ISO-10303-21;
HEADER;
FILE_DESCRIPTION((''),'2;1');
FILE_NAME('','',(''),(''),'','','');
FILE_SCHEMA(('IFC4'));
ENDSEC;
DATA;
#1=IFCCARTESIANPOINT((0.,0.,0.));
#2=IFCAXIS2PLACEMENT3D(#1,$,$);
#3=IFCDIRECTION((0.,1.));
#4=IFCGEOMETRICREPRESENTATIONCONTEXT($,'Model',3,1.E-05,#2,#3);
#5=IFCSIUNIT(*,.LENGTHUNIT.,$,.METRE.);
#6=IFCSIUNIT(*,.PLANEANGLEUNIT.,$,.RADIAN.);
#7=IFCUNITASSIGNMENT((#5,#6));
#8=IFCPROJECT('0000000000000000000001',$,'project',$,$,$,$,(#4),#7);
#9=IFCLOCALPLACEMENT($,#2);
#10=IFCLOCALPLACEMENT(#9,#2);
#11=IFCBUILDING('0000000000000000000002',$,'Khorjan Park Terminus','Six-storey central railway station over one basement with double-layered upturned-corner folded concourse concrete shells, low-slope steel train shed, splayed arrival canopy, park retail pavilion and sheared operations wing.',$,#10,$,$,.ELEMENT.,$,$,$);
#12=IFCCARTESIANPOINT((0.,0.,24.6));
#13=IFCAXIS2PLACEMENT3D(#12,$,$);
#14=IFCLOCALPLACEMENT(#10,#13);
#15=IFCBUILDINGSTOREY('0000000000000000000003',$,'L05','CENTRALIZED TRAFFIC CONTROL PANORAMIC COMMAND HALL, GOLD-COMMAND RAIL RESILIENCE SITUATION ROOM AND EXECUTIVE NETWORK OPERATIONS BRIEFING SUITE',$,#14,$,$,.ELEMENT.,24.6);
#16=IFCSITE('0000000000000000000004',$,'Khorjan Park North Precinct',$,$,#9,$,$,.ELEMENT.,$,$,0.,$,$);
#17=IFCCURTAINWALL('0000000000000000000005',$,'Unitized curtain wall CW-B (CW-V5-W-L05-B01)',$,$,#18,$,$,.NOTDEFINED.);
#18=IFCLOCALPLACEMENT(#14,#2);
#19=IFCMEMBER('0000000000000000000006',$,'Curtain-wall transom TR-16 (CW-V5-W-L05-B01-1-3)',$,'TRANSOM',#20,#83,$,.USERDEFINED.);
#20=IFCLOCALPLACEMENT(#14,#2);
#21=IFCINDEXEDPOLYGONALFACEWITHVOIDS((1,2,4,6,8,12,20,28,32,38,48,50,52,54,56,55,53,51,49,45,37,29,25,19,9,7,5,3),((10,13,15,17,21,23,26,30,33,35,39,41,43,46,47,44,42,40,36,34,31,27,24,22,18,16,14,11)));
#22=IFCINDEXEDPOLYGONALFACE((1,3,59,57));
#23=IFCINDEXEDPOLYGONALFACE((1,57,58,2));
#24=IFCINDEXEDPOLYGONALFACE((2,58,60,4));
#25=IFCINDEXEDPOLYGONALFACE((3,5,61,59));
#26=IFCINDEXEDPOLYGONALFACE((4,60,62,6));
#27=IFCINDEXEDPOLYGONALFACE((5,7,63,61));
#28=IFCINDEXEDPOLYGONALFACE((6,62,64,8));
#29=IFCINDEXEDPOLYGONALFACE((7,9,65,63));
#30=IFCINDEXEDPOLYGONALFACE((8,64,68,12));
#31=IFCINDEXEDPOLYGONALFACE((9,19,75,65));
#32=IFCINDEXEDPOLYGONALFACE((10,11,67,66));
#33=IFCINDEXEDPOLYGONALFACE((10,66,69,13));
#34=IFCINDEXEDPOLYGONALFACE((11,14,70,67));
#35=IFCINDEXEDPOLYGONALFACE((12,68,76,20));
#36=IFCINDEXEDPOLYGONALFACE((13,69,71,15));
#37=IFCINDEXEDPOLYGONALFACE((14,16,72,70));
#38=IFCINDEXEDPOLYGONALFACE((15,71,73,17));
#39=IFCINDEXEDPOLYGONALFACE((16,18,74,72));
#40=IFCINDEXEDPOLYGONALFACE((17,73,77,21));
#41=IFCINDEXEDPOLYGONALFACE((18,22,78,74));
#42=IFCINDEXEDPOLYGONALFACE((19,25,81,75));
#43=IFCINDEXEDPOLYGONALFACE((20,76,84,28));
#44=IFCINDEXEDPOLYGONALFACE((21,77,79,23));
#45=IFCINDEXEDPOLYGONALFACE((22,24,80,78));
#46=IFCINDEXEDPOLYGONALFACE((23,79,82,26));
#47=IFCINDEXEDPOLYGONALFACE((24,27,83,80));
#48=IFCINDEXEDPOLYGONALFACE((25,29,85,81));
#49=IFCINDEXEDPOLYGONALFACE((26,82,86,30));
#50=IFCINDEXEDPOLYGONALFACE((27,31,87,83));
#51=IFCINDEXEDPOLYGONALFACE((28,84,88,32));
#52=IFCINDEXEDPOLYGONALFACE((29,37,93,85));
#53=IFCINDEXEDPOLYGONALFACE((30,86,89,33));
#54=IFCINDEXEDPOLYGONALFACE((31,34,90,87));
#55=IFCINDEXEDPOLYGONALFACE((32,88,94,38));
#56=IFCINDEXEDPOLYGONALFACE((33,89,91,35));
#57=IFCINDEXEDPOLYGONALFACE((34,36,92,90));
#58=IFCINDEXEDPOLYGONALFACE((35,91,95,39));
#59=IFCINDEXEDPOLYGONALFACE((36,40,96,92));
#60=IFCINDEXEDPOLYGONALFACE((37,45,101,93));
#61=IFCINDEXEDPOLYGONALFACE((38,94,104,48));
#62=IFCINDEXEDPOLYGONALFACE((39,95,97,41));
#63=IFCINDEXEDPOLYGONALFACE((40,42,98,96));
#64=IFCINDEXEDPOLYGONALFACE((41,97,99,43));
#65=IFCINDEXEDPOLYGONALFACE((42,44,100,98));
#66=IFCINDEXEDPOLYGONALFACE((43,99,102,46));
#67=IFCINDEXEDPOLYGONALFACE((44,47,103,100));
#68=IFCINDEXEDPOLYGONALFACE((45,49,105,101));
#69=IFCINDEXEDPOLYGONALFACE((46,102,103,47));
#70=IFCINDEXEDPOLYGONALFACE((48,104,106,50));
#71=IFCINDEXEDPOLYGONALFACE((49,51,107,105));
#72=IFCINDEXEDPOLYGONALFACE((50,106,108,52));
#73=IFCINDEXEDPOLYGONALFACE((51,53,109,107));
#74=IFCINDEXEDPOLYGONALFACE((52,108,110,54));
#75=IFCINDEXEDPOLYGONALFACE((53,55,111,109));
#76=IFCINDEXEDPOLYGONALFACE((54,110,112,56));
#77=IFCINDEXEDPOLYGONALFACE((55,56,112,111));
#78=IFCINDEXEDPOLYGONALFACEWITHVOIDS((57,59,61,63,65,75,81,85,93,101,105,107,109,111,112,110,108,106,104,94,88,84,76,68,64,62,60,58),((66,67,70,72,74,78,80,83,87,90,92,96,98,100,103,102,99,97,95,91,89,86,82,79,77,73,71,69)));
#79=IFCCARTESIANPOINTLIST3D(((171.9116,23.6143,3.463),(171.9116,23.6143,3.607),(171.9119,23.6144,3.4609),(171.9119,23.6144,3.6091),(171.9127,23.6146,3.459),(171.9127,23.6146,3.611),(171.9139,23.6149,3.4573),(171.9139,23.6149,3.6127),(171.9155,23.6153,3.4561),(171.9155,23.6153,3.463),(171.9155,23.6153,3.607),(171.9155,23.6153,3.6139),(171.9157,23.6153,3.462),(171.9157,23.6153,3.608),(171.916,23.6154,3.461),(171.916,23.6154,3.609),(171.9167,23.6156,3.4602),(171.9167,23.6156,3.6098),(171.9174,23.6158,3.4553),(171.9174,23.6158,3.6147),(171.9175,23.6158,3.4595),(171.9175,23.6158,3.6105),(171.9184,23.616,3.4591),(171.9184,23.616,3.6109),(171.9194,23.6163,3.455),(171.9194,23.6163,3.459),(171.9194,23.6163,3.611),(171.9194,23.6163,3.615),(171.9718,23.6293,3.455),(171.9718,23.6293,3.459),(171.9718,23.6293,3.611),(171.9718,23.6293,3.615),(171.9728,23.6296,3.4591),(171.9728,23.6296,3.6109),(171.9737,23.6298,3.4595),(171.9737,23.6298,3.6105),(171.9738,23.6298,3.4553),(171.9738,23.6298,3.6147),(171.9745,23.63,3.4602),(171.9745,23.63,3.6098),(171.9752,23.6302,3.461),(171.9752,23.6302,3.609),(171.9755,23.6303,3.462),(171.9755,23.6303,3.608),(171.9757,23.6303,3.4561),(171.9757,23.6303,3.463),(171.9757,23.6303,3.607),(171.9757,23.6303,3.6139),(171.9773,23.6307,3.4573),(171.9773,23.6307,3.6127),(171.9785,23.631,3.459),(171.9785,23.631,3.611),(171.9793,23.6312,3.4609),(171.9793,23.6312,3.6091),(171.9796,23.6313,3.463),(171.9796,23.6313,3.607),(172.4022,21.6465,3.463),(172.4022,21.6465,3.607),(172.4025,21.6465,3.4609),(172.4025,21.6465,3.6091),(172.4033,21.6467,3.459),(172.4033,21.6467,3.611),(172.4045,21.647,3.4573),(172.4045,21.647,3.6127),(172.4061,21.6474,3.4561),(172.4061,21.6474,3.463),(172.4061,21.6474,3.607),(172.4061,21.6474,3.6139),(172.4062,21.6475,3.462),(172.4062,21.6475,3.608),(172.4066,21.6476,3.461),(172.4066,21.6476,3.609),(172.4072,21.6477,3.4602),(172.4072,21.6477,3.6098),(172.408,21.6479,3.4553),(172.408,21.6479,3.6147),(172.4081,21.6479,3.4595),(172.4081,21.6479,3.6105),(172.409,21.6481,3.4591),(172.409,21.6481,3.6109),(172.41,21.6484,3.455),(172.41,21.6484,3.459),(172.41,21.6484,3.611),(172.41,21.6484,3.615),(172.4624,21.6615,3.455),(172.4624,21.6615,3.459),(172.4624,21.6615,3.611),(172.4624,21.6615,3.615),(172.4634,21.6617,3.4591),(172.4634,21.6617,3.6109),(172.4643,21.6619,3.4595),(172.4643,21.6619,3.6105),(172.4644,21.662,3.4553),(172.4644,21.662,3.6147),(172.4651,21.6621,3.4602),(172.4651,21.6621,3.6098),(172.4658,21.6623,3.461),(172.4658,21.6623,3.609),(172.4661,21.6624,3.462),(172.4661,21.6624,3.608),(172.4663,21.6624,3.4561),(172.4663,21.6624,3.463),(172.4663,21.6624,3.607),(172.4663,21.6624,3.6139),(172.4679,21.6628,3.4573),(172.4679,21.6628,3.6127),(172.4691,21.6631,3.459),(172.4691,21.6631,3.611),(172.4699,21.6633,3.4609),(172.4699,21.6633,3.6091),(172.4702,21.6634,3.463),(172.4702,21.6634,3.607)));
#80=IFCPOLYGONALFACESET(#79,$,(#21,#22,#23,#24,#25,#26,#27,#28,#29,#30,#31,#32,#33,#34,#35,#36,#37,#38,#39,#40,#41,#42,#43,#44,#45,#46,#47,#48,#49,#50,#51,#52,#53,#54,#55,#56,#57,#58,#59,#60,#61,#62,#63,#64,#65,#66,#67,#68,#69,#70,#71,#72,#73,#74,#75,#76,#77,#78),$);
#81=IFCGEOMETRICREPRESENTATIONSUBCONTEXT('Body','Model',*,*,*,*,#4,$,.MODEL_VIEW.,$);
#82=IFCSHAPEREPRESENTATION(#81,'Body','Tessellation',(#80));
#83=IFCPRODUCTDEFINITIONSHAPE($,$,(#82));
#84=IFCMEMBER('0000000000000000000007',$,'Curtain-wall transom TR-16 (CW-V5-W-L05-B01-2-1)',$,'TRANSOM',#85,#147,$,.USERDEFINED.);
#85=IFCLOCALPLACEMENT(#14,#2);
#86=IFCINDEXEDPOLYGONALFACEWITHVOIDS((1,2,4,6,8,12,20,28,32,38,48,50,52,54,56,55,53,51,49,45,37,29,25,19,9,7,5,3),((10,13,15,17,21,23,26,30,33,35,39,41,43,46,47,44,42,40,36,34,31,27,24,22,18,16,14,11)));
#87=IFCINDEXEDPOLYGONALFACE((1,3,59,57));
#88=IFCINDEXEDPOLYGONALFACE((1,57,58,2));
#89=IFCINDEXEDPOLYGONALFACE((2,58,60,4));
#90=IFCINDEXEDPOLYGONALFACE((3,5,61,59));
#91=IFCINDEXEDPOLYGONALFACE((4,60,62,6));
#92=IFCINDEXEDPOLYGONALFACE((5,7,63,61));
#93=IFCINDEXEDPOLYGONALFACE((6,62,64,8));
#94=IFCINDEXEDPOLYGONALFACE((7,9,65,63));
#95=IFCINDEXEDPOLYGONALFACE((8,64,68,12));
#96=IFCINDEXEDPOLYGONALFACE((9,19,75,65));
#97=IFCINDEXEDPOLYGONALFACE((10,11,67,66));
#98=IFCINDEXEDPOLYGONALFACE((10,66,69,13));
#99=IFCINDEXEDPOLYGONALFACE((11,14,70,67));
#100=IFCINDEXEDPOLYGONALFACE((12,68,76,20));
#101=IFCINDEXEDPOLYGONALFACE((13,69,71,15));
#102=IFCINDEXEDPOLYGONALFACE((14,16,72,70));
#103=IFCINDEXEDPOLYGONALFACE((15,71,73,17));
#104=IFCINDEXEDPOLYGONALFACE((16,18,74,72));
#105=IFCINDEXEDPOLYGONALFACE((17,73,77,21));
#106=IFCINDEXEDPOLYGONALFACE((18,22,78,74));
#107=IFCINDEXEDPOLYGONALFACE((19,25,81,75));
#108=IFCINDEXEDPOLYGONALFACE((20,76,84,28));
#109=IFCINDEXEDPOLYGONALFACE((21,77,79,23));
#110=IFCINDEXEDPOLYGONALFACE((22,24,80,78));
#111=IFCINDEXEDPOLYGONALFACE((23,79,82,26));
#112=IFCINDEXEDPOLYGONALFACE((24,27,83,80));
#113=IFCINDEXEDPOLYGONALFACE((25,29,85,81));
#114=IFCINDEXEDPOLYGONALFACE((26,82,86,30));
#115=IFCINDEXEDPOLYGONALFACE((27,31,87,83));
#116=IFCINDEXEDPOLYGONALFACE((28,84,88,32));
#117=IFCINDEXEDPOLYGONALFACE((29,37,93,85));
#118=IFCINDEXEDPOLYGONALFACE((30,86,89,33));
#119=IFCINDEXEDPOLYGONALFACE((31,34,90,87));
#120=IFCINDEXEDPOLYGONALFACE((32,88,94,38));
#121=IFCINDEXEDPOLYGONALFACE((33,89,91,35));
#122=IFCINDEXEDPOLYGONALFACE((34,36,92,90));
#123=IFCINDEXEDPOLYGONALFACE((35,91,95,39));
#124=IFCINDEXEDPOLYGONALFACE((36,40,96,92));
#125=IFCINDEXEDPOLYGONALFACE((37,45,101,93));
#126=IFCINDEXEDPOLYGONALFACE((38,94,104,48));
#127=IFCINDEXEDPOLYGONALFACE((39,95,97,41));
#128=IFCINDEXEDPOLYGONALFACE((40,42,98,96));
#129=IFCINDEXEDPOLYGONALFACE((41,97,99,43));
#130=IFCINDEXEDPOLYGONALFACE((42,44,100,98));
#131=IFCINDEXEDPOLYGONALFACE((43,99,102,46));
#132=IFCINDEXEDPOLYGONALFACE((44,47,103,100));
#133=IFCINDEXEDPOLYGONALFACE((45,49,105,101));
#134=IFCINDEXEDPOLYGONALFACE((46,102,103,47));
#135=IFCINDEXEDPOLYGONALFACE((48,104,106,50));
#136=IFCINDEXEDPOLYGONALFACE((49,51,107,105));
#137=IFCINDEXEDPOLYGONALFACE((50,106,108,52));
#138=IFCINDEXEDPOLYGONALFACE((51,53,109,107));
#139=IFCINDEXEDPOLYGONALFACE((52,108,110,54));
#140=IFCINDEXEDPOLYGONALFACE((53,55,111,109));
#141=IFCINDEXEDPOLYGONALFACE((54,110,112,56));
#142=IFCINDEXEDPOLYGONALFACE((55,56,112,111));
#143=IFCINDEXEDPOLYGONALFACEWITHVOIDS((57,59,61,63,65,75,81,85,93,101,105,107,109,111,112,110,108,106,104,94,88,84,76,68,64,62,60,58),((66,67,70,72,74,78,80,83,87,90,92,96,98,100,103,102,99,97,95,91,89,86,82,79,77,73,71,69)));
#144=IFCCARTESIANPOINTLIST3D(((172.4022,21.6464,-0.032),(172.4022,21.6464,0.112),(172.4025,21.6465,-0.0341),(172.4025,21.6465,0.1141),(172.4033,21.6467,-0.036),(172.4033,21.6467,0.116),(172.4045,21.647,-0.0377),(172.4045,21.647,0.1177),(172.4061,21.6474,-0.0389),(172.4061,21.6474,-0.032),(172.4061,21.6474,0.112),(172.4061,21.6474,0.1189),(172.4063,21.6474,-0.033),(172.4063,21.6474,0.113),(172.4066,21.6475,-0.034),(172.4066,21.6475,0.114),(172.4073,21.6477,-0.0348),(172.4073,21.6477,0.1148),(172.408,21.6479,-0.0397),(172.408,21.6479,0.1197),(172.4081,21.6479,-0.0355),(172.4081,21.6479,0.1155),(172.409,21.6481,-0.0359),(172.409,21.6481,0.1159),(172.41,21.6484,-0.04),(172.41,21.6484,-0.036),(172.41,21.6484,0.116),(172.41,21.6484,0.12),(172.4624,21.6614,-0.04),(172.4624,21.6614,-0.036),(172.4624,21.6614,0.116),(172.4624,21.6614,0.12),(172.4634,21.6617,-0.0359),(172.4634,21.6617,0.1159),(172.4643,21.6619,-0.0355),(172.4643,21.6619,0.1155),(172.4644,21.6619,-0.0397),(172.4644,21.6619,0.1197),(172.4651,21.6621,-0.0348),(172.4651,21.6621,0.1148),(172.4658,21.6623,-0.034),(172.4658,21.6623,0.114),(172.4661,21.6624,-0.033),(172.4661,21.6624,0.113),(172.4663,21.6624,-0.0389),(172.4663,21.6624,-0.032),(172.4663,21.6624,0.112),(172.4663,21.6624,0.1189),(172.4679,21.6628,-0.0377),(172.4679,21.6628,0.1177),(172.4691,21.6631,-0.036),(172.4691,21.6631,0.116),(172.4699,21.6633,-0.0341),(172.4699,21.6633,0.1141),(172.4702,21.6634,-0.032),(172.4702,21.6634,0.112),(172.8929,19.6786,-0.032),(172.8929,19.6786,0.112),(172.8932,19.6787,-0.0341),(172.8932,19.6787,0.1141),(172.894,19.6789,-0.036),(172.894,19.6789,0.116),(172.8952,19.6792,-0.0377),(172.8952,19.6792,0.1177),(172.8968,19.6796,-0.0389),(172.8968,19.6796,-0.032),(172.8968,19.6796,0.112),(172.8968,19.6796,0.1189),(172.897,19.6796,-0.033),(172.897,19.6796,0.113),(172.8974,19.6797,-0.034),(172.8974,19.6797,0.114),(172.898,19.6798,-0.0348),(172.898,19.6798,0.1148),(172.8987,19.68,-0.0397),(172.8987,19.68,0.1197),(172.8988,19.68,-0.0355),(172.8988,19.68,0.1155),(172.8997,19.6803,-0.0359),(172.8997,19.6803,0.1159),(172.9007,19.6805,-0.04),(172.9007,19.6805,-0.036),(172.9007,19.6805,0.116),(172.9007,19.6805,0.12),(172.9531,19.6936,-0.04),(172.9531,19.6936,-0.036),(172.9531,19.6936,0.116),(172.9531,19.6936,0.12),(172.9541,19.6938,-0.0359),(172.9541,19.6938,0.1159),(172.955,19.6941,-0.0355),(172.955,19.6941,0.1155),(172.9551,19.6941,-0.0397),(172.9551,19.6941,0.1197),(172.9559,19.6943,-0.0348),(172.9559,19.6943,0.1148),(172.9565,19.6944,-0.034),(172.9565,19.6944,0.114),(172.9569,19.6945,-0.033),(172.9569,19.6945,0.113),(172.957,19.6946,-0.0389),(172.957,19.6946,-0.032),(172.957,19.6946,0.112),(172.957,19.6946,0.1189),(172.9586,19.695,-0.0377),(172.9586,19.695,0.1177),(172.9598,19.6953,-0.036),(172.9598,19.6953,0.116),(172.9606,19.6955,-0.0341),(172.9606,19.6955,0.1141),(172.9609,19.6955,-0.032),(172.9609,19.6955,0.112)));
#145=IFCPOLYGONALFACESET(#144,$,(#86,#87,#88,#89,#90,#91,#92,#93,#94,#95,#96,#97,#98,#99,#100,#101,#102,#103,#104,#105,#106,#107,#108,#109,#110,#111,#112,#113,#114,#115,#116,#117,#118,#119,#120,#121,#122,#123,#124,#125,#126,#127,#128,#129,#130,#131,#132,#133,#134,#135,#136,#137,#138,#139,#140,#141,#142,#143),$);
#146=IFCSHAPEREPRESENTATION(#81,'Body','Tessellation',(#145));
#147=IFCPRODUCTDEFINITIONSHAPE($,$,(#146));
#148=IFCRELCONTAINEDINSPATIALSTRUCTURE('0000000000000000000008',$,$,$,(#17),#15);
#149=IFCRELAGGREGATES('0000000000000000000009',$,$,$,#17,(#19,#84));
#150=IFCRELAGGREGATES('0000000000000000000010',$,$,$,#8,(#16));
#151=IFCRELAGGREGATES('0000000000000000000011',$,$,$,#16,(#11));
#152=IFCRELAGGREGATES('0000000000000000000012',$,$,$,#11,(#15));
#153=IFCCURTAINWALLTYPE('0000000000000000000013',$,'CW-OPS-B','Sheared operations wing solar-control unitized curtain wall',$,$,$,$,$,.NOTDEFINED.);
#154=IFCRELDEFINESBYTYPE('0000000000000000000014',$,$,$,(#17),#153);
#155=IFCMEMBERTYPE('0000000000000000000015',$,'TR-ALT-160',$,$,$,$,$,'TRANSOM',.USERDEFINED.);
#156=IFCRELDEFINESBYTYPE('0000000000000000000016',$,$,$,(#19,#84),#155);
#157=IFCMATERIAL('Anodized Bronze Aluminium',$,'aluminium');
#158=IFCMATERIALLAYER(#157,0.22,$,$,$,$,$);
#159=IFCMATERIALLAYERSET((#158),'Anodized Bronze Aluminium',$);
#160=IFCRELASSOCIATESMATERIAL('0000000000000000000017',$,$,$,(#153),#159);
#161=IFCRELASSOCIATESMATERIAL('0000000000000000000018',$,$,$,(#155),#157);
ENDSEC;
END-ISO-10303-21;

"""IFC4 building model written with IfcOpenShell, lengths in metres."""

from ifc_helpers import new_model, si_unit, direction, frame, origin, origin_2d, place, context, subcontext, project, spatial, hollow_rectangle, extrude, material, layer, layer_set, material_profile, profile_set, type_object, element, aggregate, save


model = new_model("IFC4")

# Units and contexts
model_context = context("Model", 3, precision=1e-05, world=origin(), true_north=direction((0.0, 1.0)))
body_context = subcontext(model_context, "Body", "Model", "MODEL_VIEW")
ifc_project = project(units=[si_unit("LENGTHUNIT", "METRE"), si_unit("PLANEANGLEUNIT", "RADIAN")], contexts=[model_context])

# Site, building, storey
site_placement = place(None, origin())
site = spatial("IfcSite", under=ifc_project, at=site_placement, Name="Khorjan Park North Precinct", CompositionType="ELEMENT", RefElevation=0.0)
building_placement = place(site_placement, origin())
building = spatial("IfcBuilding", under=site, at=building_placement, Name="Khorjan Park Terminus", Description="Six-storey central railway station over one basement with double-layered upturned-corner folded concourse concrete shells, low-slope steel train shed, splayed arrival canopy, park retail pavilion and sheared operations wing.", CompositionType="ELEMENT")
storey_placement = place(building_placement, frame((0.0, 0.0, 24.6)))
storey = spatial("IfcBuildingStorey", under=building, at=storey_placement, Name="L05", Description="CENTRALIZED TRAFFIC CONTROL PANORAMIC COMMAND HALL, GOLD-COMMAND RAIL RESILIENCE SITUATION ROOM AND EXECUTIVE NETWORK OPERATIONS BRIEFING SUITE", CompositionType="ELEMENT", Elevation=24.6)

# Shared definitions
ifc_material_1 = material(Name="Anodized Bronze Aluminium", Category="aluminium")
ifc_layer_1 = layer(ifc_material_1, 0.22)
ifc_layer_set_1 = layer_set([ifc_layer_1], Name="Anodized Bronze Aluminium")
curtain_wall_type = type_object("IfcCurtainWallType", Name="CW-OPS-B", Description="Sheared operations wing solar-control unitized curtain wall", PredefinedType="NOTDEFINED", material=ifc_layer_set_1)

# Curtain wall, members
curtain_wall_1_placement = place(storey_placement, origin())
curtain_wall_1 = element("IfcCurtainWall", 1, at=curtain_wall_1_placement, inside=storey, type_object=curtain_wall_type, Name="Unitized curtain wall CW-B (CW-V5-W-L05-B01)", PredefinedType="NOTDEFINED")
ifc_material_profile_1 = material_profile(ifc_material_1, hollow_rectangle(XDim=0.07, YDim=0.16, WallThickness=0.004, InnerFilletRadius=0.004, OuterFilletRadius=0.008, at=origin_2d()), Name="ALT 70x160x4")
ifc_profile_set_1 = profile_set([ifc_material_profile_1], Name="Anodized Bronze Aluminium")
member_type_1 = type_object("IfcMemberType", Name="TR-ALT-160", ElementType="TRANSOM", PredefinedType="USERDEFINED", material=ifc_profile_set_1)
member_1_placement = place(storey_placement, frame((171.9456, 23.6228, 3.535), z_axis=(0.241897, -0.970302, 0.0), x_axis=(0.970302, 0.241897, 0.0)))
member_1 = element("IfcMember", 2, at=member_1_placement, type_object=member_type_1, Name="Curtain-wall transom TR-16 (CW-V5-W-L05-B01-1-3)", ObjectType="TRANSOM", PredefinedType="USERDEFINED", context=body_context, shape_type="SweptSolid", body=[
    extrude(hollow_rectangle(XDim=0.07, YDim=0.16, WallThickness=0.004, InnerFilletRadius=0.004, OuterFilletRadius=0.008, at=origin_2d()), origin(), (0.0, 0.0, 1.0), 2.0281),
])
member_2_placement = place(storey_placement, frame((172.4362, 21.6549, 0.04), z_axis=(0.241955, -0.970287, 0.0), x_axis=(0.970287, 0.241955, 0.0)))
member_2 = element("IfcMember", 3, at=member_2_placement, type_object=member_type_1, Name="Curtain-wall transom TR-16 (CW-V5-W-L05-B01-2-1)", ObjectType="TRANSOM", PredefinedType="USERDEFINED", context=body_context, shape_type="SweptSolid", body=[
    extrude(hollow_rectangle(XDim=0.07, YDim=0.16, WallThickness=0.004, InnerFilletRadius=0.004, OuterFilletRadius=0.008, at=origin_2d()), origin(), (0.0, 0.0, 1.0), 2.0281),
])

aggregate(curtain_wall_1, [member_1, member_2])

save(model, "model.ifc")
